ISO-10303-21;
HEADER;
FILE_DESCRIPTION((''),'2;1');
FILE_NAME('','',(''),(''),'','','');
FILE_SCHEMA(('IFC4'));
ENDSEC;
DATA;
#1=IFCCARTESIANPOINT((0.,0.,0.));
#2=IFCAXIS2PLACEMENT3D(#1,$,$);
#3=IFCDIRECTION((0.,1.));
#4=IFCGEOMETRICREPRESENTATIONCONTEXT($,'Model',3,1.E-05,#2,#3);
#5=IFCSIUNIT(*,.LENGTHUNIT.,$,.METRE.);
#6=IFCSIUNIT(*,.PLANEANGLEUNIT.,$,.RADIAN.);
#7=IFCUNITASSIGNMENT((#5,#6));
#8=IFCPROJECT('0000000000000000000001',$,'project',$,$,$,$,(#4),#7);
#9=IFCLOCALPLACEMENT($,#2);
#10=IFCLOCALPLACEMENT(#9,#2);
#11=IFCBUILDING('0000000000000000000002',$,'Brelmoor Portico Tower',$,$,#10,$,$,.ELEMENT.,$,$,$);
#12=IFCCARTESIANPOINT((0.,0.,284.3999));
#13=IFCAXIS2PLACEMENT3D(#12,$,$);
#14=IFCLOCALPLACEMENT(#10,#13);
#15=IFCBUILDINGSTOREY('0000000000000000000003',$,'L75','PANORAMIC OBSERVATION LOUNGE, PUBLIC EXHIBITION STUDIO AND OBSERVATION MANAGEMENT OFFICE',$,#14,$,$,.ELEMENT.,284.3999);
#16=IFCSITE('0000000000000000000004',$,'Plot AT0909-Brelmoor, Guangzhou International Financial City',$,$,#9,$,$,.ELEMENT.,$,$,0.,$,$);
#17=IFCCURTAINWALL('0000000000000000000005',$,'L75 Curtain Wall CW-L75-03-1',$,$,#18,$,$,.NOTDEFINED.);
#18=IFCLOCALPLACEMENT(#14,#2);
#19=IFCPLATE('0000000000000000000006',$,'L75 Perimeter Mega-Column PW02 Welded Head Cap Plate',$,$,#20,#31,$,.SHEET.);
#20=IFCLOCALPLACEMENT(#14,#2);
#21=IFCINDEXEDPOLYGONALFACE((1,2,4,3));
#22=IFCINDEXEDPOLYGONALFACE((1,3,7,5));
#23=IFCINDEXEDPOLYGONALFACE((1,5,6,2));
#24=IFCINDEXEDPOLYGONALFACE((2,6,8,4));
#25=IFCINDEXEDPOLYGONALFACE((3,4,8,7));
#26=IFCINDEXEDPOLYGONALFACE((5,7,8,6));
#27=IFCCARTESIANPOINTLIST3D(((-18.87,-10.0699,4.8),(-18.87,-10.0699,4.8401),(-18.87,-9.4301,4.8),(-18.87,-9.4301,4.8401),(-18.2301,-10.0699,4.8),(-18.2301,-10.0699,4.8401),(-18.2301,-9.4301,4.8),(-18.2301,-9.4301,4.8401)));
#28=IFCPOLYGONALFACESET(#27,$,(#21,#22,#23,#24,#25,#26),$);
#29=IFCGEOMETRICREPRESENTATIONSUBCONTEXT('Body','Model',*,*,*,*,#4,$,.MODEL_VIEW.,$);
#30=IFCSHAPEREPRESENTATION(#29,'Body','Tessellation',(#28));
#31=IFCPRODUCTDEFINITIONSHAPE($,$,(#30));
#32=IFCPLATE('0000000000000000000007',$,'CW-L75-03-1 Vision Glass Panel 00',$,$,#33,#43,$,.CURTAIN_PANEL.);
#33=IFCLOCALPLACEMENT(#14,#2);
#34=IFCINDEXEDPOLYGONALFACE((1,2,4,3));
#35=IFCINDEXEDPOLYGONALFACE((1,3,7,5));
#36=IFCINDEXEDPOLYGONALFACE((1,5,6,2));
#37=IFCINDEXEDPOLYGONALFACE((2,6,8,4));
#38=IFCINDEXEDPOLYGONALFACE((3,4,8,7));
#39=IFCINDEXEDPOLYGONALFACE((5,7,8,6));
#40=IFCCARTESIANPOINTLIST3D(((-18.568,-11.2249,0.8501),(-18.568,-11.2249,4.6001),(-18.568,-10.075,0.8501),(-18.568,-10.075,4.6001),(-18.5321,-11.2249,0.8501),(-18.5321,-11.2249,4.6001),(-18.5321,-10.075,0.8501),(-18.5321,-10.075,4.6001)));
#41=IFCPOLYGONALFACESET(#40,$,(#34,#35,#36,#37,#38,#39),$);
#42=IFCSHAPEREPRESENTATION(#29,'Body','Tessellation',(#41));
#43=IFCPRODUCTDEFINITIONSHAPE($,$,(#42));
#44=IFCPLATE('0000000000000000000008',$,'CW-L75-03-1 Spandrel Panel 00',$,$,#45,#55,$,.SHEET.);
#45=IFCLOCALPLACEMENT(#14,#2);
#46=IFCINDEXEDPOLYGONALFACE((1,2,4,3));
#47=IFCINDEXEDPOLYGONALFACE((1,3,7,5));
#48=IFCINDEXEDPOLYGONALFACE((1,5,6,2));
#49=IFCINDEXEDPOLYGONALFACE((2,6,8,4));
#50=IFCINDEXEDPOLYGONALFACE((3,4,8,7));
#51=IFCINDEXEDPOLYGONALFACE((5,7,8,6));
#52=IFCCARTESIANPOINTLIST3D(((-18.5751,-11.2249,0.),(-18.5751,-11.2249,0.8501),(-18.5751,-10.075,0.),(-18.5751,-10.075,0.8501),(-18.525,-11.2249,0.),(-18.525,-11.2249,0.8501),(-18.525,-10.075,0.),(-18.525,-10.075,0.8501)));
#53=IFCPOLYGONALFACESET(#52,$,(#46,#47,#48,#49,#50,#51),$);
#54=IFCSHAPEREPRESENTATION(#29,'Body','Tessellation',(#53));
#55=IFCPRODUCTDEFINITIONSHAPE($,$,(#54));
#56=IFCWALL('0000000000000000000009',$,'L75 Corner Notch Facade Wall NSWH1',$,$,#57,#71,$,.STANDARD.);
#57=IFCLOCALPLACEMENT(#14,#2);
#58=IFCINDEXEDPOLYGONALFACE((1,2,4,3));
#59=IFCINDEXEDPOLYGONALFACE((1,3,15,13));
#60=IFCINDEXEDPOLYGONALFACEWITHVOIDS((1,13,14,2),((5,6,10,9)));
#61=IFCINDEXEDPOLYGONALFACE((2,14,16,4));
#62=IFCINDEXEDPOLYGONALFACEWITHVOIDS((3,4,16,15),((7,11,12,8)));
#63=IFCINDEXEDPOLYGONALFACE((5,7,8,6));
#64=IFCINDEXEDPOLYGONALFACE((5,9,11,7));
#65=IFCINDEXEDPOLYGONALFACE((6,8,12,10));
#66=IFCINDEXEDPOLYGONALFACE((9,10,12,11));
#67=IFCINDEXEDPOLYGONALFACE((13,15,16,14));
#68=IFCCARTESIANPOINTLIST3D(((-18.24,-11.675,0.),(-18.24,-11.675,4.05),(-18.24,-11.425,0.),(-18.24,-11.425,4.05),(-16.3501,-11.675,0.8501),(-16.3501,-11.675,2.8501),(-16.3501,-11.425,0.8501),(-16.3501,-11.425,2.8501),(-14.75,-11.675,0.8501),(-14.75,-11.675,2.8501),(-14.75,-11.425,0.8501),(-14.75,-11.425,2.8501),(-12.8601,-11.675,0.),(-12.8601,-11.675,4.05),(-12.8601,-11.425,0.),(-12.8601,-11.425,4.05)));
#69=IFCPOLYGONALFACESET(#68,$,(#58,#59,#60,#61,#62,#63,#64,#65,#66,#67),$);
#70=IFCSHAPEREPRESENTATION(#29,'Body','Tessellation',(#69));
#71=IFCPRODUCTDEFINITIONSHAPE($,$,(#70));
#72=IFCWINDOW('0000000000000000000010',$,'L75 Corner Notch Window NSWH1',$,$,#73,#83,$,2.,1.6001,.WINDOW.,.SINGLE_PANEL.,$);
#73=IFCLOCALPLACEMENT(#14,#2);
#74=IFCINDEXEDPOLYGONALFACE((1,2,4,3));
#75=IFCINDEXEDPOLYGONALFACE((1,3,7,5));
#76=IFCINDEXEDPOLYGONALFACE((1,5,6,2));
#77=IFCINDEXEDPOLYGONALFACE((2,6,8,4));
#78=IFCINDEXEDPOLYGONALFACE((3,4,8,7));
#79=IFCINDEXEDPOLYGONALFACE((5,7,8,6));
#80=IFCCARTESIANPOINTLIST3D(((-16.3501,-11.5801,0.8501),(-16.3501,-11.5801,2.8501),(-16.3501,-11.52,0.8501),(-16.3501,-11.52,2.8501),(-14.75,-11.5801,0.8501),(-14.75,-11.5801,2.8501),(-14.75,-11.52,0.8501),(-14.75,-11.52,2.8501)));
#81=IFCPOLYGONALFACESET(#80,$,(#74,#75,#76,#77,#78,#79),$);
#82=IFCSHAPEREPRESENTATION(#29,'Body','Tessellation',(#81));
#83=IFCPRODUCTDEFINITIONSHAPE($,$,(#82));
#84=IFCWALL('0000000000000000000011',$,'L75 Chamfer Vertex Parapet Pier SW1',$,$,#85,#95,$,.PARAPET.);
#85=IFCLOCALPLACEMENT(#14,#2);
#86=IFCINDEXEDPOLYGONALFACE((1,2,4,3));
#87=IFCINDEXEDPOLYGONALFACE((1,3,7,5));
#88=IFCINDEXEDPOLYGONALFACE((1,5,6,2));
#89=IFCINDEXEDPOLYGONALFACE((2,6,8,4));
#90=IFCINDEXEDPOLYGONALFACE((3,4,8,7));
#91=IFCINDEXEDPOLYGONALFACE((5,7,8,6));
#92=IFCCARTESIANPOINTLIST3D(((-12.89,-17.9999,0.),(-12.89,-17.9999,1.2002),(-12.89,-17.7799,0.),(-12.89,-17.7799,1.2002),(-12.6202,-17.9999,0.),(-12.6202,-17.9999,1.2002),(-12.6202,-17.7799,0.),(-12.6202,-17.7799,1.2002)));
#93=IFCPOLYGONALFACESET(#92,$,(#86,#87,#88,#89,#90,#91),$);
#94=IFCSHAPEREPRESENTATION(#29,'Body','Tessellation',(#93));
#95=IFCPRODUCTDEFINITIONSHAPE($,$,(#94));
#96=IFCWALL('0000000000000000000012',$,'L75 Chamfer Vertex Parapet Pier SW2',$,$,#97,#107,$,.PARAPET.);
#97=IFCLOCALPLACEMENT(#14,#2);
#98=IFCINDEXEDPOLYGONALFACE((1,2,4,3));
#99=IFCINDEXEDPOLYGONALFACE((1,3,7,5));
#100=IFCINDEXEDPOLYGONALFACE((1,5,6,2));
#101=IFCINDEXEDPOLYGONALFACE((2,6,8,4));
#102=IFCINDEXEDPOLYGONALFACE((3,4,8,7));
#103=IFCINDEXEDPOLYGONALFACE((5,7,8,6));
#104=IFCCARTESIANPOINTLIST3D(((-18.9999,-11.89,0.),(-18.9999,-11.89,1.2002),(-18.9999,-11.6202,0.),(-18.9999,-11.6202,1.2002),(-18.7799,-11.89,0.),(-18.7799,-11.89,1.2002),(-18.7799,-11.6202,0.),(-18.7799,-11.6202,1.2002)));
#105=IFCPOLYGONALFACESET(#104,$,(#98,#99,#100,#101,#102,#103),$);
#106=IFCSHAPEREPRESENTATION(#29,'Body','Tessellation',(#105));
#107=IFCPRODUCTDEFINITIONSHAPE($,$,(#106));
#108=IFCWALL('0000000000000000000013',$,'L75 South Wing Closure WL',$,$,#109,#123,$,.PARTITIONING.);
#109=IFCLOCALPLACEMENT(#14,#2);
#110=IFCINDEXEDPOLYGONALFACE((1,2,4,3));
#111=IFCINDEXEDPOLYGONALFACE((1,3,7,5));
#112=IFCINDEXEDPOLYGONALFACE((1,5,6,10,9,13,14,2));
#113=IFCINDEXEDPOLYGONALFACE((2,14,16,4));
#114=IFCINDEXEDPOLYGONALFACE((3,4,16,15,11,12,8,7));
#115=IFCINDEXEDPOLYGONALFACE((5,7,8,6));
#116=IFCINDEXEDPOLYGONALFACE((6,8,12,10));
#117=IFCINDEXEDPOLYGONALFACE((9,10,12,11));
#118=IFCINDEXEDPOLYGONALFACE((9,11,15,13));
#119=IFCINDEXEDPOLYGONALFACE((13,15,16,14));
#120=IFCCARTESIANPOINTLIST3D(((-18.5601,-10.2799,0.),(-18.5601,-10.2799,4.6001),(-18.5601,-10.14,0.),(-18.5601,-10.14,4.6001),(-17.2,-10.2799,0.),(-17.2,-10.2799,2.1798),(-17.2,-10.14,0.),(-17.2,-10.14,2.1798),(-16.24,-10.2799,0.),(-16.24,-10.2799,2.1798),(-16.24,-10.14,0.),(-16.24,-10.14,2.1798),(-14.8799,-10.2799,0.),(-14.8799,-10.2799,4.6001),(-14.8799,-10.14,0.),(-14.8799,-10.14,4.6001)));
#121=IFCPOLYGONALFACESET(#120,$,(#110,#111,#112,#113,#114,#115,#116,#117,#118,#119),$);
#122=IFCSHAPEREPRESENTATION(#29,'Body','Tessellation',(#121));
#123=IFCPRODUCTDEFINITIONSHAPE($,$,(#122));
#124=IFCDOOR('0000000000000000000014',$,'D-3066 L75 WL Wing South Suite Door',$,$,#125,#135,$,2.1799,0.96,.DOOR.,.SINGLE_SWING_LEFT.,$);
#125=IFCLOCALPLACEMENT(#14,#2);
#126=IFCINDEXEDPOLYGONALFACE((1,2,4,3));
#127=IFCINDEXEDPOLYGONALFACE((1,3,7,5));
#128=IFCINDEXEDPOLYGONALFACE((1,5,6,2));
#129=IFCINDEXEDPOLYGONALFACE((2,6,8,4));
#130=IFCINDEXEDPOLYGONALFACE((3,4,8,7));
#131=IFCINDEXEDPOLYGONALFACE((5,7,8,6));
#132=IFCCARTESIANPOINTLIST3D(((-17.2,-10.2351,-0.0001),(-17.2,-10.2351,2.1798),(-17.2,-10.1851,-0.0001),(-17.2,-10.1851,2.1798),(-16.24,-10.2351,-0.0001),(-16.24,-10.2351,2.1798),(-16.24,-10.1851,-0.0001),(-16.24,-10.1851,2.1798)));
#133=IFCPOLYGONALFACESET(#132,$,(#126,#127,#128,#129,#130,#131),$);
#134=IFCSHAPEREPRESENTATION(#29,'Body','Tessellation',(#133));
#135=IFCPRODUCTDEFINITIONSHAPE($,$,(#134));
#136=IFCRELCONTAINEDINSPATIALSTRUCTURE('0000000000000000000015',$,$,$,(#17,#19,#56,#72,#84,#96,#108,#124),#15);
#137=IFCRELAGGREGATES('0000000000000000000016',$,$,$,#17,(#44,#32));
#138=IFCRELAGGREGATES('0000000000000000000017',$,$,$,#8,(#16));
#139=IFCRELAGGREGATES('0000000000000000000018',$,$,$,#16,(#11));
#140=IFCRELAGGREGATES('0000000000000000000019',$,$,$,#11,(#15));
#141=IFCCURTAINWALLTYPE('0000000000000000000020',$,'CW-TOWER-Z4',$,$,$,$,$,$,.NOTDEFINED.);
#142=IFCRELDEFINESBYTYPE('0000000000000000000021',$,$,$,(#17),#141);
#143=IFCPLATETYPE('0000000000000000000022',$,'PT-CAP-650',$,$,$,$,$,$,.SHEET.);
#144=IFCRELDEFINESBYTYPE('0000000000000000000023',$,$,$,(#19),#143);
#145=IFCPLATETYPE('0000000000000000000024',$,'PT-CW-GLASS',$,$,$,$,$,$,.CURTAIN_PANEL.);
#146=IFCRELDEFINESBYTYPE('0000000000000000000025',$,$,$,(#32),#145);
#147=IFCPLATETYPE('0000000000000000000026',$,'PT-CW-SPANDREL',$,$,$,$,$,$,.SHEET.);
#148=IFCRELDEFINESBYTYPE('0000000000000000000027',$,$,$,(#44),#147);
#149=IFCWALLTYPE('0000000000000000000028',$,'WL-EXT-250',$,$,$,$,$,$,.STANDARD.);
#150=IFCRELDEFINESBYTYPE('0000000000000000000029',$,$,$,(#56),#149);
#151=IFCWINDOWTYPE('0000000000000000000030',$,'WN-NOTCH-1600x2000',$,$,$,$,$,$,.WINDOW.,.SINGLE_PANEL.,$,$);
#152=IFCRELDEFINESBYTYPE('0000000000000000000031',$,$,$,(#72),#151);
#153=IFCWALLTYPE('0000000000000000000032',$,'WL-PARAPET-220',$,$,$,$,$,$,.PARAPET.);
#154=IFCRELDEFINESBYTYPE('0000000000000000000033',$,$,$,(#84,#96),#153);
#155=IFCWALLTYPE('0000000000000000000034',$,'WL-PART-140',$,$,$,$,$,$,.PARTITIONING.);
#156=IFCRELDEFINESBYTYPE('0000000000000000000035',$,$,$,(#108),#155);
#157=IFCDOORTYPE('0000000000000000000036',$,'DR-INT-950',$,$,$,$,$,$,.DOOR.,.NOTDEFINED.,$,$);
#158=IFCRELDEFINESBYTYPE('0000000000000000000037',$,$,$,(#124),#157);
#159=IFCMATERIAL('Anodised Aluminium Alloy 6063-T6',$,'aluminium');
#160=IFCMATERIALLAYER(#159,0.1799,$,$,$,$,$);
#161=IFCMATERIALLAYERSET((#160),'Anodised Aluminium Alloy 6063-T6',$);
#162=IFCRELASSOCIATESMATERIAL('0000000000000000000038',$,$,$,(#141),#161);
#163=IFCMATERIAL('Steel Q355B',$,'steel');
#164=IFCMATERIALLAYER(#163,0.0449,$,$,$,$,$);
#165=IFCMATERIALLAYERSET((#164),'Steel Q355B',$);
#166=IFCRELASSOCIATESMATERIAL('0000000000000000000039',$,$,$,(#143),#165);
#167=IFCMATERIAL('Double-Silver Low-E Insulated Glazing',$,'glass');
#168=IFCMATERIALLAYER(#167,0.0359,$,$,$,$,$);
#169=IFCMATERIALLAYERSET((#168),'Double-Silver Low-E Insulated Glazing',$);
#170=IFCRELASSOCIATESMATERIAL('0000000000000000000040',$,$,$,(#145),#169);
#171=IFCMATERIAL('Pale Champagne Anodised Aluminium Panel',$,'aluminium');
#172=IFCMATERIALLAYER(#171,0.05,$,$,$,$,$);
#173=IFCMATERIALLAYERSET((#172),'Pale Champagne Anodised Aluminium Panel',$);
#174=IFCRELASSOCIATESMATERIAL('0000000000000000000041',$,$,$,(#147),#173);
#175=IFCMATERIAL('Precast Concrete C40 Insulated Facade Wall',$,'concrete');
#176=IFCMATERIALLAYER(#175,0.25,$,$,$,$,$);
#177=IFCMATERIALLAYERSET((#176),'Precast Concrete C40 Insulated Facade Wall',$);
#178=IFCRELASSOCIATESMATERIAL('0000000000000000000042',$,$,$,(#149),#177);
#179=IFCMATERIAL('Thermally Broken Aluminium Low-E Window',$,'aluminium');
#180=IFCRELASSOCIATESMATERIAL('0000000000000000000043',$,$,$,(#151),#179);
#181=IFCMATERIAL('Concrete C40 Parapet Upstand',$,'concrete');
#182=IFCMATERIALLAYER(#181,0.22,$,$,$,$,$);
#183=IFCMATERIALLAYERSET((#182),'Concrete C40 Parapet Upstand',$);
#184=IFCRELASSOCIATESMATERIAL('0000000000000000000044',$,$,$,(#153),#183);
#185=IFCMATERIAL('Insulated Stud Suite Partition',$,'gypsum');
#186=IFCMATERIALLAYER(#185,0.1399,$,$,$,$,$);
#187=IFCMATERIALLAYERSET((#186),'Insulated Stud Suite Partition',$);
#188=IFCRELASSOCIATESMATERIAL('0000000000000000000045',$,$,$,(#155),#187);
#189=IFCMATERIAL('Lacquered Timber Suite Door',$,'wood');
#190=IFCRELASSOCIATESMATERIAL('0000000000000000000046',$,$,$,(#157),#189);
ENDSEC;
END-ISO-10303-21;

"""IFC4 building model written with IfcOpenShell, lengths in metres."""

from ifc_helpers import new_model, si_unit, direction, frame, frame_2d, origin, origin_2d, place, context, subcontext, project, spatial, rectangle, extrude, material, layer, layer_set, type_object, element, fill, aggregate, save


model = new_model("IFC4")

# Units and contexts
model_context = context("Model", 3, precision=1e-05, world=origin(), true_north=direction((0.0, 1.0)))
body_context = subcontext(model_context, "Body", "Model", "MODEL_VIEW")
ifc_project = project(units=[si_unit("LENGTHUNIT", "METRE"), si_unit("PLANEANGLEUNIT", "RADIAN")], contexts=[model_context])

# Site, building, storey
site_placement = place(None, origin())
site = spatial("IfcSite", under=ifc_project, at=site_placement, Name="Plot AT0909-Brelmoor, Guangzhou International Financial City", CompositionType="ELEMENT", RefElevation=0.0)
building_placement = place(site_placement, origin())
building = spatial("IfcBuilding", under=site, at=building_placement, Name="Brelmoor Portico Tower", CompositionType="ELEMENT")
storey_placement = place(building_placement, frame((0.0, 0.0, 284.3999)))
storey = spatial("IfcBuildingStorey", under=building, at=storey_placement, Name="L75", Description="PANORAMIC OBSERVATION LOUNGE, PUBLIC EXHIBITION STUDIO AND OBSERVATION MANAGEMENT OFFICE", CompositionType="ELEMENT", Elevation=284.3999)

# Shared definitions
ifc_material_1 = material(Name="Steel Q355B", Category="steel")

# Curtain wall
ifc_material_2 = material(Name="Anodised Aluminium Alloy 6063-T6", Category="aluminium")
ifc_layer_1 = layer(ifc_material_2, 0.1799)
ifc_layer_set_1 = layer_set([ifc_layer_1], Name="Anodised Aluminium Alloy 6063-T6")
curtain_wall_type = type_object("IfcCurtainWallType", Name="CW-TOWER-Z4", PredefinedType="NOTDEFINED", material=ifc_layer_set_1)
curtain_wall_placement = place(storey_placement, origin())
curtain_wall = element("IfcCurtainWall", 1, at=curtain_wall_placement, inside=storey, type_object=curtain_wall_type, Name="L75 Curtain Wall CW-L75-03-1", PredefinedType="NOTDEFINED")

# Plate
ifc_layer_2 = layer(ifc_material_1, 0.0449)
ifc_layer_set_2 = layer_set([ifc_layer_2], Name="Steel Q355B")
plate_type_1 = type_object("IfcPlateType", Name="PT-CAP-650", PredefinedType="SHEET", material=ifc_layer_set_2)
for number, where, z_axis, x_axis, name in (
    (2, (-18.55, -9.75, 4.8), (0.0, 0.0, 1.0), (0.0, 1.0, 0.0), "L75 Perimeter Mega-Column PW02 Welded Head Cap Plate"),
):
    element("IfcPlate", number, at=place(storey_placement, frame(where, z_axis=z_axis, x_axis=x_axis)), inside=storey, type_object=plate_type_1, Name=name, PredefinedType="SHEET", context=body_context, shape_type="SweptSolid", body=[
        extrude(rectangle(XDim=0.6399, YDim=0.6399, at=origin_2d()), origin(), (0.0, 0.0, 1.0), 0.04),
    ])

# Plates
ifc_material_3 = material(Name="Double-Silver Low-E Insulated Glazing", Category="glass")
ifc_layer_3 = layer(ifc_material_3, 0.0359)
ifc_layer_set_3 = layer_set([ifc_layer_3], Name="Double-Silver Low-E Insulated Glazing")
plate_type_2 = type_object("IfcPlateType", Name="PT-CW-GLASS", PredefinedType="CURTAIN_PANEL", material=ifc_layer_set_3)
plate_1_placement = place(storey_placement, frame((-18.55, -10.6499, 0.8501), z_axis=(0.0, 0.0, 1.0), x_axis=(0.0, 1.0, 0.0)))
plate_1 = element("IfcPlate", 3, at=plate_1_placement, type_object=plate_type_2, Name="CW-L75-03-1 Vision Glass Panel 00", PredefinedType="CURTAIN_PANEL", context=body_context, shape_type="SweptSolid", body=[
    extrude(rectangle(XDim=1.1499, YDim=0.0359, at=origin_2d()), origin(), (0.0, 0.0, 1.0), 3.75),
])
ifc_material_4 = material(Name="Pale Champagne Anodised Aluminium Panel", Category="aluminium")
ifc_layer_4 = layer(ifc_material_4, 0.05)
ifc_layer_set_4 = layer_set([ifc_layer_4], Name="Pale Champagne Anodised Aluminium Panel")
plate_type_3 = type_object("IfcPlateType", Name="PT-CW-SPANDREL", PredefinedType="SHEET", material=ifc_layer_set_4)
plate_2_placement = place(storey_placement, frame((-18.55, -10.6499, 0.0), z_axis=(0.0, 0.0, 1.0), x_axis=(0.0, 1.0, 0.0)))
plate_2 = element("IfcPlate", 4, at=plate_2_placement, type_object=plate_type_3, Name="CW-L75-03-1 Spandrel Panel 00", PredefinedType="SHEET", context=body_context, shape_type="SweptSolid", body=[
    extrude(rectangle(XDim=1.1499, YDim=0.05, at=origin_2d()), origin(), (0.0, 0.0, 1.0), 0.8501),
])
aggregate(curtain_wall, [plate_2, plate_1])

# Wall, opening, window
ifc_material_5 = material(Name="Precast Concrete C40 Insulated Facade Wall", Category="concrete")
ifc_layer_5 = layer(ifc_material_5, 0.25)
ifc_layer_set_5 = layer_set([ifc_layer_5], Name="Precast Concrete C40 Insulated Facade Wall")
wall_type_1 = type_object("IfcWallType", Name="WL-EXT-250", PredefinedType="STANDARD", material=ifc_layer_set_5)
wall_1_placement = place(storey_placement, frame((-18.24, -11.55, 0.0), z_axis=(0.0, 0.0, 1.0), x_axis=(1.0, 0.0, 0.0)))
wall_1 = element("IfcWall", 5, at=wall_1_placement, inside=storey, type_object=wall_type_1, Name="L75 Corner Notch Facade Wall NSWH1", PredefinedType="STANDARD", context=body_context, shape_type="SweptSolid", body=[
    extrude(rectangle(XDim=5.3799, YDim=0.25, at=frame_2d((2.6899, 0.0))), origin(), (0.0, 0.0, 1.0), 4.05),
])
opening_1_placement = place(wall_1_placement, frame((1.8899, 0.0, 0.8501)))
opening_1 = element("IfcOpeningElement", 6, at=opening_1_placement, cuts=wall_1, PredefinedType="OPENING", context=body_context, shape_type="SweptSolid", body=[
    extrude(rectangle(XDim=1.6001, YDim=2.0, at=frame_2d((0.8, 1.0))), frame((0.0, 0.135, 0.0), z_axis=(0.0, -1.0, 0.0), x_axis=(1.0, 0.0, 0.0)), (0.0, 0.0, 1.0), 0.27),
])
ifc_material_6 = material(Name="Thermally Broken Aluminium Low-E Window", Category="aluminium")
window_type = type_object("IfcWindowType", Name="WN-NOTCH-1600x2000", PartitioningType="SINGLE_PANEL", PredefinedType="WINDOW", material=ifc_material_6)
window_placement = place(opening_1_placement, origin())
window = element("IfcWindow", 7, at=window_placement, inside=storey, type_object=window_type, Name="L75 Corner Notch Window NSWH1", OverallHeight=2.0, OverallWidth=1.6001, PartitioningType="SINGLE_PANEL", PredefinedType="WINDOW", context=body_context, shape_type="SweptSolid", body=[
    extrude(rectangle(XDim=1.6001, YDim=2.0, at=frame_2d((0.8, 1.0))), frame((0.0, 0.03, 0.0), z_axis=(0.0, -1.0, 0.0), x_axis=(1.0, 0.0, 0.0)), (0.0, 0.0, 1.0), 0.0601),
])
fill(opening_1, window)

# Walls
ifc_material_7 = material(Name="Concrete C40 Parapet Upstand", Category="concrete")
ifc_layer_6 = layer(ifc_material_7, 0.22)
ifc_layer_set_6 = layer_set([ifc_layer_6], Name="Concrete C40 Parapet Upstand")
wall_type_2 = type_object("IfcWallType", Name="WL-PARAPET-220", PredefinedType="PARAPET", material=ifc_layer_set_6)
for number, where, z_axis, x_axis, name in (
    (8, (-12.8899, -17.8899, 0.0), (0.0, 0.0, 1.0), (1.0, 0.0, 0.0), "L75 Chamfer Vertex Parapet Pier SW1"),
    (9, (-18.8899, -11.8899, 0.0), (0.0, 0.0, 1.0), (0.0, 1.0, 0.0), "L75 Chamfer Vertex Parapet Pier SW2"),
):
    element("IfcWall", number, at=place(storey_placement, frame(where, z_axis=z_axis, x_axis=x_axis)), inside=storey, type_object=wall_type_2, Name=name, PredefinedType="PARAPET", context=body_context, shape_type="SweptSolid", body=[
        extrude(rectangle(XDim=0.2698, YDim=0.22, at=frame_2d((0.1348, 0.0))), origin(), (0.0, 0.0, 1.0), 1.2002),
    ])

# Wall, opening, door
ifc_material_8 = material(Name="Insulated Stud Suite Partition", Category="gypsum")
ifc_layer_7 = layer(ifc_material_8, 0.1399)
ifc_layer_set_7 = layer_set([ifc_layer_7], Name="Insulated Stud Suite Partition")
wall_type_3 = type_object("IfcWallType", Name="WL-PART-140", PredefinedType="PARTITIONING", material=ifc_layer_set_7)
wall_2_placement = place(storey_placement, frame((-18.5601, -10.21, 0.0), z_axis=(0.0, 0.0, 1.0), x_axis=(1.0, 0.0, 0.0)))
wall_2 = element("IfcWall", 10, at=wall_2_placement, inside=storey, type_object=wall_type_3, Name="L75 South Wing Closure WL", PredefinedType="PARTITIONING", context=body_context, shape_type="SweptSolid", body=[
    extrude(rectangle(XDim=3.6802, YDim=0.1399, at=frame_2d((1.8401, 0.0))), origin(), (0.0, 0.0, 1.0), 4.6001),
])
opening_2_placement = place(wall_2_placement, frame((1.3601, 0.0, 0.0)))
opening_2 = element("IfcOpeningElement", 11, at=opening_2_placement, cuts=wall_2, PredefinedType="OPENING", context=body_context, shape_type="SweptSolid", body=[
    extrude(rectangle(XDim=0.96, YDim=2.1799, at=frame_2d((0.48, 1.0898))), frame((0.0, 0.0798, 0.0), z_axis=(0.0, -1.0, 0.0), x_axis=(1.0, 0.0, 0.0)), (0.0, 0.0, 1.0), 0.1599),
])
ifc_material_9 = material(Name="Lacquered Timber Suite Door", Category="wood")
door_type = type_object("IfcDoorType", Name="DR-INT-950", OperationType="NOTDEFINED", PredefinedType="DOOR", material=ifc_material_9)
door_placement = place(opening_2_placement, origin())
door = element("IfcDoor", 12, at=door_placement, inside=storey, type_object=door_type, Name="D-3066 L75 WL Wing South Suite Door", OperationType="SINGLE_SWING_LEFT", OverallHeight=2.1799, OverallWidth=0.96, PredefinedType="DOOR", context=body_context, shape_type="SweptSolid", body=[
    extrude(rectangle(XDim=0.96, YDim=2.1799, at=frame_2d((0.48, 1.0898))), frame((0.0, 0.0249, 0.0), z_axis=(0.0, -1.0, 0.0), x_axis=(1.0, 0.0, 0.0)), (0.0, 0.0, 1.0), 0.05),
])
fill(opening_2, door)

save(model, "model.ifc")
